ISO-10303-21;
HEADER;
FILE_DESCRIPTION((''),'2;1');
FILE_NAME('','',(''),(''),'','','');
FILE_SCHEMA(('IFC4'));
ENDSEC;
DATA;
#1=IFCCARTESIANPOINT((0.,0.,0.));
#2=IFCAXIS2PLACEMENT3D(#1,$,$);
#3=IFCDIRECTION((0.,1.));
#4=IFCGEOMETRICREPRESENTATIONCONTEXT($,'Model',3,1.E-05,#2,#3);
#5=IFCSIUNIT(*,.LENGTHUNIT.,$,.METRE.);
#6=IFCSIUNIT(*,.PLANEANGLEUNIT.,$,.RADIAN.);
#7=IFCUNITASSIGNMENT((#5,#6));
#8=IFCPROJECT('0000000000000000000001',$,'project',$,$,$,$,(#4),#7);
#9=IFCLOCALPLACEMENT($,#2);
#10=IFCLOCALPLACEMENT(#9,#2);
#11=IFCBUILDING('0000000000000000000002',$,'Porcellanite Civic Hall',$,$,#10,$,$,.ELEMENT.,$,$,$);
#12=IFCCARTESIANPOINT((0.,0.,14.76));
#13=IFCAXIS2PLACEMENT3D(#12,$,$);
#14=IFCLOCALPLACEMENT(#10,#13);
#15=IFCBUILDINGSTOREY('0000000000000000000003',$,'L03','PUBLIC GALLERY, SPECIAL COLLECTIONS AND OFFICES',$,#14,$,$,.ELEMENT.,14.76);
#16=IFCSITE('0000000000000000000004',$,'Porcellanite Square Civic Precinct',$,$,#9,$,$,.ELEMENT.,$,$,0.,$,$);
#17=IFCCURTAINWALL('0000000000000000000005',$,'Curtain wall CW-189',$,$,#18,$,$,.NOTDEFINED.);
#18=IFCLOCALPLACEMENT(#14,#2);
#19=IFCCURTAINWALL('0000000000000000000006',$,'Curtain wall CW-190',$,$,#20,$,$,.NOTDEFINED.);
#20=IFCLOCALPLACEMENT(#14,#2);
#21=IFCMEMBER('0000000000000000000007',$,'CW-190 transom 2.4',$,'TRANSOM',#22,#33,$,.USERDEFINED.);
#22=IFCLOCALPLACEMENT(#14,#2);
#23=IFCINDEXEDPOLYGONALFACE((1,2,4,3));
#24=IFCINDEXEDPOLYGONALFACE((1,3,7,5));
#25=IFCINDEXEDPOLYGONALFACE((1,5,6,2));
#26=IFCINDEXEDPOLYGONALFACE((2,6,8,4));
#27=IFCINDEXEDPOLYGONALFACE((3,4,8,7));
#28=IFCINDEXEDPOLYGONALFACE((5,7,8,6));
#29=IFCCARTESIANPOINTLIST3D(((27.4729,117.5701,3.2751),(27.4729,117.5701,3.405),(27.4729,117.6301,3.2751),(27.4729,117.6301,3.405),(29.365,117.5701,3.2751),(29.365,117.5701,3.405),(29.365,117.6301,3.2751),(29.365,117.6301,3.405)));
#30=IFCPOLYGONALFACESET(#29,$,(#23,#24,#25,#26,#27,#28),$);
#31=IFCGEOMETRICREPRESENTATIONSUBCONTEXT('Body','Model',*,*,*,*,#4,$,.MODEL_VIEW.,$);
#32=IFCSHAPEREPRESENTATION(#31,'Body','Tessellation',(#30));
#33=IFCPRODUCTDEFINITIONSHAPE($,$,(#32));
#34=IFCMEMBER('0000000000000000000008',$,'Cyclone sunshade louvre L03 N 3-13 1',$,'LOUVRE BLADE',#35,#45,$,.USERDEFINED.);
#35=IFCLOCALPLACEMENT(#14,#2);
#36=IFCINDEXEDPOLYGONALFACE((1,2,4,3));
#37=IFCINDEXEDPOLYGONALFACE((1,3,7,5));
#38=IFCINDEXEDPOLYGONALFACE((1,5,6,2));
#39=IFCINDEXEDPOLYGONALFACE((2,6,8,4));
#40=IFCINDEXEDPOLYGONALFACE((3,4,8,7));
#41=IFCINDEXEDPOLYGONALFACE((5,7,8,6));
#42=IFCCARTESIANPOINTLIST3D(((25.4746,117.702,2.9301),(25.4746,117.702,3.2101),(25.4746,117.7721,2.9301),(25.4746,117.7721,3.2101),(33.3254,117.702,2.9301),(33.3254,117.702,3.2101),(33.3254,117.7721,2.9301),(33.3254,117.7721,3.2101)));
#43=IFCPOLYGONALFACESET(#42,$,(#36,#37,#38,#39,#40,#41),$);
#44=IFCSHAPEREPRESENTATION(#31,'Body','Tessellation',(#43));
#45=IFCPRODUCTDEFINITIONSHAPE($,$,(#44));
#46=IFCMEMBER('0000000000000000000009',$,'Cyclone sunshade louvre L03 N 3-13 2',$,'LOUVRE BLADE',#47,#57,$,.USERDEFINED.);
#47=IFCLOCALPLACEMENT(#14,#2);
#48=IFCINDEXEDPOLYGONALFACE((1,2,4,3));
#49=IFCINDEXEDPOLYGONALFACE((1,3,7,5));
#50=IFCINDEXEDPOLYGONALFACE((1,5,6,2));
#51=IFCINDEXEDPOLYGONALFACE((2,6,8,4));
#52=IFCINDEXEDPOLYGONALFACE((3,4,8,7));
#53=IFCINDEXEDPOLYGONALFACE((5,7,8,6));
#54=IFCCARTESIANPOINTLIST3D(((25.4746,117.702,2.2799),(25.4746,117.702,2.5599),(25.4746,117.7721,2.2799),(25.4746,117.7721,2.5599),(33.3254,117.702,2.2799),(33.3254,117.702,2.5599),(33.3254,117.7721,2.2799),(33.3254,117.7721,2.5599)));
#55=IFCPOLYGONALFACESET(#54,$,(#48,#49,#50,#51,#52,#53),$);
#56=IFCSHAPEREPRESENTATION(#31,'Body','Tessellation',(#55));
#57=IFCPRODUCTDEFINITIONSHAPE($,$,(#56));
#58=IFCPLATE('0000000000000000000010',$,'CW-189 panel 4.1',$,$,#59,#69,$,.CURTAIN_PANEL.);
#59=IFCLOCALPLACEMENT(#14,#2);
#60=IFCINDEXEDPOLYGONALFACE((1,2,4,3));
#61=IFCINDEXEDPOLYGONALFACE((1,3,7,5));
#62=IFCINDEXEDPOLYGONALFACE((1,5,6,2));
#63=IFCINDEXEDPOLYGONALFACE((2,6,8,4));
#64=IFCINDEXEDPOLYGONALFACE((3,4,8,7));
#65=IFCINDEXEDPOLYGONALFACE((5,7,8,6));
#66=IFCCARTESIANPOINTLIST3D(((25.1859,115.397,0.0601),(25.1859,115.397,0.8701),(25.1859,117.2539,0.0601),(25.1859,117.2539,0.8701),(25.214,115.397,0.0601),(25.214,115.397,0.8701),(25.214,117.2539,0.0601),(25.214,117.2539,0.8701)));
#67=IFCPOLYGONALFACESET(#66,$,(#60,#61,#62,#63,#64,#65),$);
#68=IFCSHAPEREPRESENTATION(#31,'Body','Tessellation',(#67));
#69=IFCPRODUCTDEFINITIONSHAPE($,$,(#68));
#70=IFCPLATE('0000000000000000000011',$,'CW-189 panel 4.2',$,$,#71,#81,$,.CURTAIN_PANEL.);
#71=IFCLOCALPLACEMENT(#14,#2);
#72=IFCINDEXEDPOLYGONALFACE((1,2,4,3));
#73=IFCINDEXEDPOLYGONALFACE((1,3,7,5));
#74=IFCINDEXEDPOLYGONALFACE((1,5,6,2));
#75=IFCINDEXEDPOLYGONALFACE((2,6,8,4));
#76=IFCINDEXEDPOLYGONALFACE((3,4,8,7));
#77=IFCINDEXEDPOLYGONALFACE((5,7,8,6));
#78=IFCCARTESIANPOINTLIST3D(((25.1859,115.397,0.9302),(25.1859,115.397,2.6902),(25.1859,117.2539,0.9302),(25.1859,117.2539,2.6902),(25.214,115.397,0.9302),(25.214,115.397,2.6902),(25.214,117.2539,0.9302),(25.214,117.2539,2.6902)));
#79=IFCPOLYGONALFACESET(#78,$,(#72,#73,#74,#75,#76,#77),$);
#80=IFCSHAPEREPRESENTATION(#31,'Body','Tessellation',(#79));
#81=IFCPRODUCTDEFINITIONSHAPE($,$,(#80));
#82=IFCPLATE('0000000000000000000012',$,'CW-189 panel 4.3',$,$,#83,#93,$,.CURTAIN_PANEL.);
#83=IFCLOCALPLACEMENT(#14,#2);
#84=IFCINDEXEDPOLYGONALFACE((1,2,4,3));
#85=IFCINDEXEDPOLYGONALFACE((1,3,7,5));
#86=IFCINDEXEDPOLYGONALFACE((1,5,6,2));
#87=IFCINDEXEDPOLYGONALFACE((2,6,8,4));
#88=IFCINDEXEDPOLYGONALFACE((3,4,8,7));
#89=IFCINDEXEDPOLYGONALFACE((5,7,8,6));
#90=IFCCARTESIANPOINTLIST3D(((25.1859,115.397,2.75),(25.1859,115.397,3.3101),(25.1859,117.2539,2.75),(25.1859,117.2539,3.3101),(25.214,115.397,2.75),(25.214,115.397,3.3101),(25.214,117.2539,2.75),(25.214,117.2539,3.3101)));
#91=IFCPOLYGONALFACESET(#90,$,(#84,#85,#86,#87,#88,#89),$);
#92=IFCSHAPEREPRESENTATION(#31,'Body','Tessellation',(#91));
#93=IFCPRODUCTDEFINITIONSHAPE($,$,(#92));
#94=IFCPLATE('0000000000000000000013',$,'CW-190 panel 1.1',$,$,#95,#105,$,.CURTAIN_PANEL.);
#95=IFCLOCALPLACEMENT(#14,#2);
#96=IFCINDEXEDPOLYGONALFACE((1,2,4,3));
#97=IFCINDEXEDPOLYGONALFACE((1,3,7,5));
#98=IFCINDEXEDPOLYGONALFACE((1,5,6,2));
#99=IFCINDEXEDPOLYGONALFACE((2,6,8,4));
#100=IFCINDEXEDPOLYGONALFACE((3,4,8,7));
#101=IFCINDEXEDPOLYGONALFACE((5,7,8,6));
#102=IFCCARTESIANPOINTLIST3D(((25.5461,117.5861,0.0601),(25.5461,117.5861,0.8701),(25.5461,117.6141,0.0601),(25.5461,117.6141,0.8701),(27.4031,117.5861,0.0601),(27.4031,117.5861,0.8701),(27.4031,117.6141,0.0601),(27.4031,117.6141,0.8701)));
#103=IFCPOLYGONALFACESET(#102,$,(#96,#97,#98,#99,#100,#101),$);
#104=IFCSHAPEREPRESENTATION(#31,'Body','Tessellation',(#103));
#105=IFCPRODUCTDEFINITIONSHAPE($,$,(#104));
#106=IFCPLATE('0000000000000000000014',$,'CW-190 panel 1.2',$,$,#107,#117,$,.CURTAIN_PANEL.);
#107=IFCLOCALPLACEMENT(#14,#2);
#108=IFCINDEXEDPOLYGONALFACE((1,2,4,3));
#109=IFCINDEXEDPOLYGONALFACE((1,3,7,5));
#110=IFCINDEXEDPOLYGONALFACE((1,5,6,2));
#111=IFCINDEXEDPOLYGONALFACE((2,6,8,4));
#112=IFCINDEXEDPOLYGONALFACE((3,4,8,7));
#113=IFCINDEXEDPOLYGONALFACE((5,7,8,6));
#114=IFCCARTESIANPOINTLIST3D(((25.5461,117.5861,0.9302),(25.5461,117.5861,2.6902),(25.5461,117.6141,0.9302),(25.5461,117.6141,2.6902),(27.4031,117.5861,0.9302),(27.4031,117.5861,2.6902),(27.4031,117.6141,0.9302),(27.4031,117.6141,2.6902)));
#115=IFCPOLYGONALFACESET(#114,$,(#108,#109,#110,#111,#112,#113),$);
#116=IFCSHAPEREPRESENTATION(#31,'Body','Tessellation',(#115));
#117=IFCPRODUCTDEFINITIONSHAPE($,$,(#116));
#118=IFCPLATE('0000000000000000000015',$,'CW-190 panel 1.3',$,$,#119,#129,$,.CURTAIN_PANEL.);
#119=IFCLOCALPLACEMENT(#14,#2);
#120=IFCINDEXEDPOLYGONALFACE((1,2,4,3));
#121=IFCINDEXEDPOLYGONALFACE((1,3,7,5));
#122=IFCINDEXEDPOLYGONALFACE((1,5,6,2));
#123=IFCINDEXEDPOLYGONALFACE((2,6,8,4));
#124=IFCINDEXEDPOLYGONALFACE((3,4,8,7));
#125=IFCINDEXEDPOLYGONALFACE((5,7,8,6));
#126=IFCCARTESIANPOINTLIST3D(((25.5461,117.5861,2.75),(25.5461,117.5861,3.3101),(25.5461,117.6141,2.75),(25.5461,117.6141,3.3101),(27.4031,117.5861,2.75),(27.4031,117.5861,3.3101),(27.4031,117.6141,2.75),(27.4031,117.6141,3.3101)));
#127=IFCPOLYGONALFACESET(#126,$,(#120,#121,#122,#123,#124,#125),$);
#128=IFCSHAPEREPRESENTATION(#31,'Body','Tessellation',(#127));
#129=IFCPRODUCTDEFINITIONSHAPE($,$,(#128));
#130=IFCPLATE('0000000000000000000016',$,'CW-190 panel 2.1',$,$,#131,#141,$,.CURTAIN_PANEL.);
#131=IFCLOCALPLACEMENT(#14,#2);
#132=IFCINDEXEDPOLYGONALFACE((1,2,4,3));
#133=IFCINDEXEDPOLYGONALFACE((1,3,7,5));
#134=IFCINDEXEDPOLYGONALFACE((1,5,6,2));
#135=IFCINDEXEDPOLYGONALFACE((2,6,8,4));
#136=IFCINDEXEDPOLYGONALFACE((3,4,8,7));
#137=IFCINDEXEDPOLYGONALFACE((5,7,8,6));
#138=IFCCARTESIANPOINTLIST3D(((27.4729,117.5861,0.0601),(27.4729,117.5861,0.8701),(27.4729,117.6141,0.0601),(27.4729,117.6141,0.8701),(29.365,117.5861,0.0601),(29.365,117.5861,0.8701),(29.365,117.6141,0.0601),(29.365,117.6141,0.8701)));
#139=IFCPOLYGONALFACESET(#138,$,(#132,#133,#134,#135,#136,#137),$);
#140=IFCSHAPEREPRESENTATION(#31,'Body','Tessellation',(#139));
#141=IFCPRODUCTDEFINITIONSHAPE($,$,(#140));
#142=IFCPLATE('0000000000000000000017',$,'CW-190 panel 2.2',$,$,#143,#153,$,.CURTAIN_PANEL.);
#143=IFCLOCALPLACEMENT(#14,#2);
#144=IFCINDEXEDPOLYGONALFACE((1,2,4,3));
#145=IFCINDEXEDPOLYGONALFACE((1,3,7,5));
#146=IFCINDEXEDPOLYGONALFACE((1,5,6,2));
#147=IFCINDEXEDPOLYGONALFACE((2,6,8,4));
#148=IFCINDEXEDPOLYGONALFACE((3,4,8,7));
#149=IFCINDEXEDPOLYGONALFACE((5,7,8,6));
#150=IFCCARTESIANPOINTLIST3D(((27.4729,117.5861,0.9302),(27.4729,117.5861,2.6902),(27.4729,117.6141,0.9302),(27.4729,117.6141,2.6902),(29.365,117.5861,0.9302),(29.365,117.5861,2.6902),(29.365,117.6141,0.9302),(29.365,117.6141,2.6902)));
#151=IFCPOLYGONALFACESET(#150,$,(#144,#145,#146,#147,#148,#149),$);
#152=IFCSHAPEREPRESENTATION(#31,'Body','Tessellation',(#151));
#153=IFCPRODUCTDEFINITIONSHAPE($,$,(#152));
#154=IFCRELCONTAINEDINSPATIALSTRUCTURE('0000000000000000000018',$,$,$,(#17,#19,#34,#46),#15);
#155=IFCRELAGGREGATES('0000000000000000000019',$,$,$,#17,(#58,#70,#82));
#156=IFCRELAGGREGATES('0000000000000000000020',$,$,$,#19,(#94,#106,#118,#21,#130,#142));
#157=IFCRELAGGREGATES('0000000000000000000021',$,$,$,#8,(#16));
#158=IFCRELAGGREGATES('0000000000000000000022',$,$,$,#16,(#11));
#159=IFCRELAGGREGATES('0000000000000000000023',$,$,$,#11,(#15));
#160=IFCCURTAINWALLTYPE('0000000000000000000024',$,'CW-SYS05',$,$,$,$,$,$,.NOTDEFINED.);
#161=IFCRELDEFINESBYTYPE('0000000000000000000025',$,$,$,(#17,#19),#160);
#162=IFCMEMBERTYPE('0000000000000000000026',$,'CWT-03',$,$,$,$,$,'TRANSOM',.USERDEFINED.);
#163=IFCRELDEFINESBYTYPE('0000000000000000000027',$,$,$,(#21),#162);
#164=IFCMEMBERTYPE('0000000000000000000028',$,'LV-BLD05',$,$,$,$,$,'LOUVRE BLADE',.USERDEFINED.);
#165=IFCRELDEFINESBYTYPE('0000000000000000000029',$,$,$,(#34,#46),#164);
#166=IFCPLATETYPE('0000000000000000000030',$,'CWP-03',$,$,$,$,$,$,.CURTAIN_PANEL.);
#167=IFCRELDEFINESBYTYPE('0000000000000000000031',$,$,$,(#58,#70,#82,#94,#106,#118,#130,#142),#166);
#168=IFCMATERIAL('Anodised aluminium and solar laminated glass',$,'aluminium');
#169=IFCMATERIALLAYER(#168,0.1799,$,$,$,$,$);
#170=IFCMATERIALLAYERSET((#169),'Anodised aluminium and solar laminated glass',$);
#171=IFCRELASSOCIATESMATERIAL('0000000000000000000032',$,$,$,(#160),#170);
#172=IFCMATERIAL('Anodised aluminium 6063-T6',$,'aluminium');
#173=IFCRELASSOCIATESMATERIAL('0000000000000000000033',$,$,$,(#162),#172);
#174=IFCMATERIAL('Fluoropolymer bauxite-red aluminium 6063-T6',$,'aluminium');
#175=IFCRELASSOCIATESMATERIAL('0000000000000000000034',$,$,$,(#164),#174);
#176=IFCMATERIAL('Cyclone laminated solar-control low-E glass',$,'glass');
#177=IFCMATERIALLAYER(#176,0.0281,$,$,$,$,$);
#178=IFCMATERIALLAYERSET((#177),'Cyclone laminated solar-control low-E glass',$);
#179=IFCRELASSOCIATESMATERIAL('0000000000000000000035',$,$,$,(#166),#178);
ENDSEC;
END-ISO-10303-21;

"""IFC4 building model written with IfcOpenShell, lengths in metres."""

from ifc_helpers import new_model, si_unit, direction, frame, origin, origin_2d, place, context, subcontext, project, spatial, rectangle, extrude, material, layer, layer_set, material_profile, profile_set, type_object, element, aggregate, save


model = new_model("IFC4")

# Units and contexts
model_context = context("Model", 3, precision=1e-05, world=origin(), true_north=direction((0.0, 1.0)))
body_context = subcontext(model_context, "Body", "Model", "MODEL_VIEW")
ifc_project = project(units=[si_unit("LENGTHUNIT", "METRE"), si_unit("PLANEANGLEUNIT", "RADIAN")], contexts=[model_context])

# Site, building, storey
site_placement = place(None, origin())
site = spatial("IfcSite", under=ifc_project, at=site_placement, Name="Porcellanite Square Civic Precinct", CompositionType="ELEMENT", RefElevation=0.0)
building_placement = place(site_placement, origin())
building = spatial("IfcBuilding", under=site, at=building_placement, Name="Porcellanite Civic Hall", CompositionType="ELEMENT")
storey_placement = place(building_placement, frame((0.0, 0.0, 14.76)))
storey = spatial("IfcBuildingStorey", under=building, at=storey_placement, Name="L03", Description="PUBLIC GALLERY, SPECIAL COLLECTIONS AND OFFICES", CompositionType="ELEMENT", Elevation=14.76)

# Curtain wall
ifc_material_1 = material(Name="Anodised aluminium and solar laminated glass", Category="aluminium")
ifc_layer_1 = layer(ifc_material_1, 0.1799)
ifc_layer_set_1 = layer_set([ifc_layer_1], Name="Anodised aluminium and solar laminated glass")
curtain_wall_type = type_object("IfcCurtainWallType", Name="CW-SYS05", PredefinedType="NOTDEFINED", material=ifc_layer_set_1)
curtain_wall_1_placement = place(storey_placement, origin())
curtain_wall_1 = element("IfcCurtainWall", 1, at=curtain_wall_1_placement, inside=storey, type_object=curtain_wall_type, Name="Curtain wall CW-189", PredefinedType="NOTDEFINED")

# Curtain wall
curtain_wall_2_placement = place(storey_placement, origin())
curtain_wall_2 = element("IfcCurtainWall", 2, at=curtain_wall_2_placement, inside=storey, type_object=curtain_wall_type, Name="Curtain wall CW-190", PredefinedType="NOTDEFINED")

# Member
ifc_material_2 = material(Name="Anodised aluminium 6063-T6", Category="aluminium")
ifc_material_profile_1 = material_profile(ifc_material_2, rectangle(XDim=0.0601, YDim=0.1299, at=origin_2d()), Name="AL-60x130")
ifc_profile_set_1 = profile_set([ifc_material_profile_1], Name="Anodised aluminium 6063-T6")
member_type_1 = type_object("IfcMemberType", Name="CWT-03", ElementType="TRANSOM", PredefinedType="USERDEFINED", material=ifc_profile_set_1)
member_1_placement = place(storey_placement, frame((27.4729, 117.6001, 3.3401), z_axis=(1.0, 0.0, 0.0), x_axis=(0.0, 1.0, 0.0)))
member_1 = element("IfcMember", 3, at=member_1_placement, type_object=member_type_1, Name="CW-190 transom 2.4", ObjectType="TRANSOM", PredefinedType="USERDEFINED", context=body_context, shape_type="SweptSolid", body=[
    extrude(rectangle(XDim=0.0601, YDim=0.1299, at=origin_2d()), origin(), (0.0, 0.0, 1.0), 1.8921),
])

# Members
ifc_material_3 = material(Name="Fluoropolymer bauxite-red aluminium 6063-T6", Category="aluminium")
ifc_material_profile_2 = material_profile(ifc_material_3, rectangle(XDim=0.0701, YDim=0.28, at=origin_2d()), Name="AL-70x280")
ifc_profile_set_2 = profile_set([ifc_material_profile_2], Name="Fluoropolymer bauxite-red aluminium 6063-T6")
member_type_2 = type_object("IfcMemberType", Name="LV-BLD05", ElementType="LOUVRE BLADE", PredefinedType="USERDEFINED", material=ifc_profile_set_2)
for number, where, z_axis, x_axis, name in (
    (4, (25.4746, 117.7371, 3.0701), (1.0, 0.0, 0.0), (0.0, 1.0, 0.0), "Cyclone sunshade louvre L03 N 3-13 1"),
    (5, (25.4746, 117.7371, 2.4199), (1.0, 0.0, 0.0), (0.0, 1.0, 0.0), "Cyclone sunshade louvre L03 N 3-13 2"),
):
    element("IfcMember", number, at=place(storey_placement, frame(where, z_axis=z_axis, x_axis=x_axis)), inside=storey, type_object=member_type_2, Name=name, ObjectType="LOUVRE BLADE", PredefinedType="USERDEFINED", context=body_context, shape_type="SweptSolid", body=[
        extrude(rectangle(XDim=0.0701, YDim=0.28, at=origin_2d()), origin(), (0.0, 0.0, 1.0), 7.8508),
    ])

# Plates
ifc_material_4 = material(Name="Cyclone laminated solar-control low-E glass", Category="glass")
ifc_layer_2 = layer(ifc_material_4, 0.0281)
ifc_layer_set_2 = layer_set([ifc_layer_2], Name="Cyclone laminated solar-control low-E glass")
plate_type = type_object("IfcPlateType", Name="CWP-03", PredefinedType="CURTAIN_PANEL", material=ifc_layer_set_2)
plate_1_placement = place(storey_placement, frame((25.2, 116.3254, 0.0601), z_axis=(0.0, 0.0, 1.0), x_axis=(0.0, 1.0, 0.0)))
plate_1 = element("IfcPlate", 6, at=plate_1_placement, type_object=plate_type, Name="CW-189 panel 4.1", PredefinedType="CURTAIN_PANEL", context=body_context, shape_type="SweptSolid", body=[
    extrude(rectangle(XDim=1.8569, YDim=0.0281, at=origin_2d()), origin(), (0.0, 0.0, 1.0), 0.8101),
])
plate_2_placement = place(storey_placement, frame((25.2, 116.3254, 0.9302), z_axis=(0.0, 0.0, 1.0), x_axis=(0.0, 1.0, 0.0)))
plate_2 = element("IfcPlate", 7, at=plate_2_placement, type_object=plate_type, Name="CW-189 panel 4.2", PredefinedType="CURTAIN_PANEL", context=body_context, shape_type="SweptSolid", body=[
    extrude(rectangle(XDim=1.8569, YDim=0.0281, at=origin_2d()), origin(), (0.0, 0.0, 1.0), 1.76),
])
plate_3_placement = place(storey_placement, frame((25.2, 116.3254, 2.75), z_axis=(0.0, 0.0, 1.0), x_axis=(0.0, 1.0, 0.0)))
plate_3 = element("IfcPlate", 8, at=plate_3_placement, type_object=plate_type, Name="CW-189 panel 4.3", PredefinedType="CURTAIN_PANEL", context=body_context, shape_type="SweptSolid", body=[
    extrude(rectangle(XDim=1.8569, YDim=0.0281, at=origin_2d()), origin(), (0.0, 0.0, 1.0), 0.5601),
])
aggregate(curtain_wall_1, [plate_1, plate_2, plate_3])
plate_4_placement = place(storey_placement, frame((26.4746, 117.6001, 0.0601), z_axis=(0.0, 0.0, 1.0), x_axis=(1.0, 0.0, 0.0)))
plate_4 = element("IfcPlate", 9, at=plate_4_placement, type_object=plate_type, Name="CW-190 panel 1.1", PredefinedType="CURTAIN_PANEL", context=body_context, shape_type="SweptSolid", body=[
    extrude(rectangle(XDim=1.8569, YDim=0.0281, at=origin_2d()), origin(), (0.0, 0.0, 1.0), 0.8101),
])
plate_5_placement = place(storey_placement, frame((26.4746, 117.6001, 0.9302), z_axis=(0.0, 0.0, 1.0), x_axis=(1.0, 0.0, 0.0)))
plate_5 = element("IfcPlate", 10, at=plate_5_placement, type_object=plate_type, Name="CW-190 panel 1.2", PredefinedType="CURTAIN_PANEL", context=body_context, shape_type="SweptSolid", body=[
    extrude(rectangle(XDim=1.8569, YDim=0.0281, at=origin_2d()), origin(), (0.0, 0.0, 1.0), 1.76),
])
plate_6_placement = place(storey_placement, frame((26.4746, 117.6001, 2.75), z_axis=(0.0, 0.0, 1.0), x_axis=(1.0, 0.0, 0.0)))
plate_6 = element("IfcPlate", 11, at=plate_6_placement, type_object=plate_type, Name="CW-190 panel 1.3", PredefinedType="CURTAIN_PANEL", context=body_context, shape_type="SweptSolid", body=[
    extrude(rectangle(XDim=1.8569, YDim=0.0281, at=origin_2d()), origin(), (0.0, 0.0, 1.0), 0.5601),
])
plate_7_placement = place(storey_placement, frame((28.4189, 117.6001, 0.0601), z_axis=(0.0, 0.0, 1.0), x_axis=(1.0, 0.0, 0.0)))
plate_7 = element("IfcPlate", 12, at=plate_7_placement, type_object=plate_type, Name="CW-190 panel 2.1", PredefinedType="CURTAIN_PANEL", context=body_context, shape_type="SweptSolid", body=[
    extrude(rectangle(XDim=1.8921, YDim=0.0281, at=origin_2d()), origin(), (0.0, 0.0, 1.0), 0.8101),
])
plate_8_placement = place(storey_placement, frame((28.4189, 117.6001, 0.9302), z_axis=(0.0, 0.0, 1.0), x_axis=(1.0, 0.0, 0.0)))
plate_8 = element("IfcPlate", 13, at=plate_8_placement, type_object=plate_type, Name="CW-190 panel 2.2", PredefinedType="CURTAIN_PANEL", context=body_context, shape_type="SweptSolid", body=[
    extrude(rectangle(XDim=1.8921, YDim=0.0281, at=origin_2d()), origin(), (0.0, 0.0, 1.0), 1.76),
])
aggregate(curtain_wall_2, [plate_4, plate_5, plate_6, member_1, plate_7, plate_8])

save(model, "model.ifc")
